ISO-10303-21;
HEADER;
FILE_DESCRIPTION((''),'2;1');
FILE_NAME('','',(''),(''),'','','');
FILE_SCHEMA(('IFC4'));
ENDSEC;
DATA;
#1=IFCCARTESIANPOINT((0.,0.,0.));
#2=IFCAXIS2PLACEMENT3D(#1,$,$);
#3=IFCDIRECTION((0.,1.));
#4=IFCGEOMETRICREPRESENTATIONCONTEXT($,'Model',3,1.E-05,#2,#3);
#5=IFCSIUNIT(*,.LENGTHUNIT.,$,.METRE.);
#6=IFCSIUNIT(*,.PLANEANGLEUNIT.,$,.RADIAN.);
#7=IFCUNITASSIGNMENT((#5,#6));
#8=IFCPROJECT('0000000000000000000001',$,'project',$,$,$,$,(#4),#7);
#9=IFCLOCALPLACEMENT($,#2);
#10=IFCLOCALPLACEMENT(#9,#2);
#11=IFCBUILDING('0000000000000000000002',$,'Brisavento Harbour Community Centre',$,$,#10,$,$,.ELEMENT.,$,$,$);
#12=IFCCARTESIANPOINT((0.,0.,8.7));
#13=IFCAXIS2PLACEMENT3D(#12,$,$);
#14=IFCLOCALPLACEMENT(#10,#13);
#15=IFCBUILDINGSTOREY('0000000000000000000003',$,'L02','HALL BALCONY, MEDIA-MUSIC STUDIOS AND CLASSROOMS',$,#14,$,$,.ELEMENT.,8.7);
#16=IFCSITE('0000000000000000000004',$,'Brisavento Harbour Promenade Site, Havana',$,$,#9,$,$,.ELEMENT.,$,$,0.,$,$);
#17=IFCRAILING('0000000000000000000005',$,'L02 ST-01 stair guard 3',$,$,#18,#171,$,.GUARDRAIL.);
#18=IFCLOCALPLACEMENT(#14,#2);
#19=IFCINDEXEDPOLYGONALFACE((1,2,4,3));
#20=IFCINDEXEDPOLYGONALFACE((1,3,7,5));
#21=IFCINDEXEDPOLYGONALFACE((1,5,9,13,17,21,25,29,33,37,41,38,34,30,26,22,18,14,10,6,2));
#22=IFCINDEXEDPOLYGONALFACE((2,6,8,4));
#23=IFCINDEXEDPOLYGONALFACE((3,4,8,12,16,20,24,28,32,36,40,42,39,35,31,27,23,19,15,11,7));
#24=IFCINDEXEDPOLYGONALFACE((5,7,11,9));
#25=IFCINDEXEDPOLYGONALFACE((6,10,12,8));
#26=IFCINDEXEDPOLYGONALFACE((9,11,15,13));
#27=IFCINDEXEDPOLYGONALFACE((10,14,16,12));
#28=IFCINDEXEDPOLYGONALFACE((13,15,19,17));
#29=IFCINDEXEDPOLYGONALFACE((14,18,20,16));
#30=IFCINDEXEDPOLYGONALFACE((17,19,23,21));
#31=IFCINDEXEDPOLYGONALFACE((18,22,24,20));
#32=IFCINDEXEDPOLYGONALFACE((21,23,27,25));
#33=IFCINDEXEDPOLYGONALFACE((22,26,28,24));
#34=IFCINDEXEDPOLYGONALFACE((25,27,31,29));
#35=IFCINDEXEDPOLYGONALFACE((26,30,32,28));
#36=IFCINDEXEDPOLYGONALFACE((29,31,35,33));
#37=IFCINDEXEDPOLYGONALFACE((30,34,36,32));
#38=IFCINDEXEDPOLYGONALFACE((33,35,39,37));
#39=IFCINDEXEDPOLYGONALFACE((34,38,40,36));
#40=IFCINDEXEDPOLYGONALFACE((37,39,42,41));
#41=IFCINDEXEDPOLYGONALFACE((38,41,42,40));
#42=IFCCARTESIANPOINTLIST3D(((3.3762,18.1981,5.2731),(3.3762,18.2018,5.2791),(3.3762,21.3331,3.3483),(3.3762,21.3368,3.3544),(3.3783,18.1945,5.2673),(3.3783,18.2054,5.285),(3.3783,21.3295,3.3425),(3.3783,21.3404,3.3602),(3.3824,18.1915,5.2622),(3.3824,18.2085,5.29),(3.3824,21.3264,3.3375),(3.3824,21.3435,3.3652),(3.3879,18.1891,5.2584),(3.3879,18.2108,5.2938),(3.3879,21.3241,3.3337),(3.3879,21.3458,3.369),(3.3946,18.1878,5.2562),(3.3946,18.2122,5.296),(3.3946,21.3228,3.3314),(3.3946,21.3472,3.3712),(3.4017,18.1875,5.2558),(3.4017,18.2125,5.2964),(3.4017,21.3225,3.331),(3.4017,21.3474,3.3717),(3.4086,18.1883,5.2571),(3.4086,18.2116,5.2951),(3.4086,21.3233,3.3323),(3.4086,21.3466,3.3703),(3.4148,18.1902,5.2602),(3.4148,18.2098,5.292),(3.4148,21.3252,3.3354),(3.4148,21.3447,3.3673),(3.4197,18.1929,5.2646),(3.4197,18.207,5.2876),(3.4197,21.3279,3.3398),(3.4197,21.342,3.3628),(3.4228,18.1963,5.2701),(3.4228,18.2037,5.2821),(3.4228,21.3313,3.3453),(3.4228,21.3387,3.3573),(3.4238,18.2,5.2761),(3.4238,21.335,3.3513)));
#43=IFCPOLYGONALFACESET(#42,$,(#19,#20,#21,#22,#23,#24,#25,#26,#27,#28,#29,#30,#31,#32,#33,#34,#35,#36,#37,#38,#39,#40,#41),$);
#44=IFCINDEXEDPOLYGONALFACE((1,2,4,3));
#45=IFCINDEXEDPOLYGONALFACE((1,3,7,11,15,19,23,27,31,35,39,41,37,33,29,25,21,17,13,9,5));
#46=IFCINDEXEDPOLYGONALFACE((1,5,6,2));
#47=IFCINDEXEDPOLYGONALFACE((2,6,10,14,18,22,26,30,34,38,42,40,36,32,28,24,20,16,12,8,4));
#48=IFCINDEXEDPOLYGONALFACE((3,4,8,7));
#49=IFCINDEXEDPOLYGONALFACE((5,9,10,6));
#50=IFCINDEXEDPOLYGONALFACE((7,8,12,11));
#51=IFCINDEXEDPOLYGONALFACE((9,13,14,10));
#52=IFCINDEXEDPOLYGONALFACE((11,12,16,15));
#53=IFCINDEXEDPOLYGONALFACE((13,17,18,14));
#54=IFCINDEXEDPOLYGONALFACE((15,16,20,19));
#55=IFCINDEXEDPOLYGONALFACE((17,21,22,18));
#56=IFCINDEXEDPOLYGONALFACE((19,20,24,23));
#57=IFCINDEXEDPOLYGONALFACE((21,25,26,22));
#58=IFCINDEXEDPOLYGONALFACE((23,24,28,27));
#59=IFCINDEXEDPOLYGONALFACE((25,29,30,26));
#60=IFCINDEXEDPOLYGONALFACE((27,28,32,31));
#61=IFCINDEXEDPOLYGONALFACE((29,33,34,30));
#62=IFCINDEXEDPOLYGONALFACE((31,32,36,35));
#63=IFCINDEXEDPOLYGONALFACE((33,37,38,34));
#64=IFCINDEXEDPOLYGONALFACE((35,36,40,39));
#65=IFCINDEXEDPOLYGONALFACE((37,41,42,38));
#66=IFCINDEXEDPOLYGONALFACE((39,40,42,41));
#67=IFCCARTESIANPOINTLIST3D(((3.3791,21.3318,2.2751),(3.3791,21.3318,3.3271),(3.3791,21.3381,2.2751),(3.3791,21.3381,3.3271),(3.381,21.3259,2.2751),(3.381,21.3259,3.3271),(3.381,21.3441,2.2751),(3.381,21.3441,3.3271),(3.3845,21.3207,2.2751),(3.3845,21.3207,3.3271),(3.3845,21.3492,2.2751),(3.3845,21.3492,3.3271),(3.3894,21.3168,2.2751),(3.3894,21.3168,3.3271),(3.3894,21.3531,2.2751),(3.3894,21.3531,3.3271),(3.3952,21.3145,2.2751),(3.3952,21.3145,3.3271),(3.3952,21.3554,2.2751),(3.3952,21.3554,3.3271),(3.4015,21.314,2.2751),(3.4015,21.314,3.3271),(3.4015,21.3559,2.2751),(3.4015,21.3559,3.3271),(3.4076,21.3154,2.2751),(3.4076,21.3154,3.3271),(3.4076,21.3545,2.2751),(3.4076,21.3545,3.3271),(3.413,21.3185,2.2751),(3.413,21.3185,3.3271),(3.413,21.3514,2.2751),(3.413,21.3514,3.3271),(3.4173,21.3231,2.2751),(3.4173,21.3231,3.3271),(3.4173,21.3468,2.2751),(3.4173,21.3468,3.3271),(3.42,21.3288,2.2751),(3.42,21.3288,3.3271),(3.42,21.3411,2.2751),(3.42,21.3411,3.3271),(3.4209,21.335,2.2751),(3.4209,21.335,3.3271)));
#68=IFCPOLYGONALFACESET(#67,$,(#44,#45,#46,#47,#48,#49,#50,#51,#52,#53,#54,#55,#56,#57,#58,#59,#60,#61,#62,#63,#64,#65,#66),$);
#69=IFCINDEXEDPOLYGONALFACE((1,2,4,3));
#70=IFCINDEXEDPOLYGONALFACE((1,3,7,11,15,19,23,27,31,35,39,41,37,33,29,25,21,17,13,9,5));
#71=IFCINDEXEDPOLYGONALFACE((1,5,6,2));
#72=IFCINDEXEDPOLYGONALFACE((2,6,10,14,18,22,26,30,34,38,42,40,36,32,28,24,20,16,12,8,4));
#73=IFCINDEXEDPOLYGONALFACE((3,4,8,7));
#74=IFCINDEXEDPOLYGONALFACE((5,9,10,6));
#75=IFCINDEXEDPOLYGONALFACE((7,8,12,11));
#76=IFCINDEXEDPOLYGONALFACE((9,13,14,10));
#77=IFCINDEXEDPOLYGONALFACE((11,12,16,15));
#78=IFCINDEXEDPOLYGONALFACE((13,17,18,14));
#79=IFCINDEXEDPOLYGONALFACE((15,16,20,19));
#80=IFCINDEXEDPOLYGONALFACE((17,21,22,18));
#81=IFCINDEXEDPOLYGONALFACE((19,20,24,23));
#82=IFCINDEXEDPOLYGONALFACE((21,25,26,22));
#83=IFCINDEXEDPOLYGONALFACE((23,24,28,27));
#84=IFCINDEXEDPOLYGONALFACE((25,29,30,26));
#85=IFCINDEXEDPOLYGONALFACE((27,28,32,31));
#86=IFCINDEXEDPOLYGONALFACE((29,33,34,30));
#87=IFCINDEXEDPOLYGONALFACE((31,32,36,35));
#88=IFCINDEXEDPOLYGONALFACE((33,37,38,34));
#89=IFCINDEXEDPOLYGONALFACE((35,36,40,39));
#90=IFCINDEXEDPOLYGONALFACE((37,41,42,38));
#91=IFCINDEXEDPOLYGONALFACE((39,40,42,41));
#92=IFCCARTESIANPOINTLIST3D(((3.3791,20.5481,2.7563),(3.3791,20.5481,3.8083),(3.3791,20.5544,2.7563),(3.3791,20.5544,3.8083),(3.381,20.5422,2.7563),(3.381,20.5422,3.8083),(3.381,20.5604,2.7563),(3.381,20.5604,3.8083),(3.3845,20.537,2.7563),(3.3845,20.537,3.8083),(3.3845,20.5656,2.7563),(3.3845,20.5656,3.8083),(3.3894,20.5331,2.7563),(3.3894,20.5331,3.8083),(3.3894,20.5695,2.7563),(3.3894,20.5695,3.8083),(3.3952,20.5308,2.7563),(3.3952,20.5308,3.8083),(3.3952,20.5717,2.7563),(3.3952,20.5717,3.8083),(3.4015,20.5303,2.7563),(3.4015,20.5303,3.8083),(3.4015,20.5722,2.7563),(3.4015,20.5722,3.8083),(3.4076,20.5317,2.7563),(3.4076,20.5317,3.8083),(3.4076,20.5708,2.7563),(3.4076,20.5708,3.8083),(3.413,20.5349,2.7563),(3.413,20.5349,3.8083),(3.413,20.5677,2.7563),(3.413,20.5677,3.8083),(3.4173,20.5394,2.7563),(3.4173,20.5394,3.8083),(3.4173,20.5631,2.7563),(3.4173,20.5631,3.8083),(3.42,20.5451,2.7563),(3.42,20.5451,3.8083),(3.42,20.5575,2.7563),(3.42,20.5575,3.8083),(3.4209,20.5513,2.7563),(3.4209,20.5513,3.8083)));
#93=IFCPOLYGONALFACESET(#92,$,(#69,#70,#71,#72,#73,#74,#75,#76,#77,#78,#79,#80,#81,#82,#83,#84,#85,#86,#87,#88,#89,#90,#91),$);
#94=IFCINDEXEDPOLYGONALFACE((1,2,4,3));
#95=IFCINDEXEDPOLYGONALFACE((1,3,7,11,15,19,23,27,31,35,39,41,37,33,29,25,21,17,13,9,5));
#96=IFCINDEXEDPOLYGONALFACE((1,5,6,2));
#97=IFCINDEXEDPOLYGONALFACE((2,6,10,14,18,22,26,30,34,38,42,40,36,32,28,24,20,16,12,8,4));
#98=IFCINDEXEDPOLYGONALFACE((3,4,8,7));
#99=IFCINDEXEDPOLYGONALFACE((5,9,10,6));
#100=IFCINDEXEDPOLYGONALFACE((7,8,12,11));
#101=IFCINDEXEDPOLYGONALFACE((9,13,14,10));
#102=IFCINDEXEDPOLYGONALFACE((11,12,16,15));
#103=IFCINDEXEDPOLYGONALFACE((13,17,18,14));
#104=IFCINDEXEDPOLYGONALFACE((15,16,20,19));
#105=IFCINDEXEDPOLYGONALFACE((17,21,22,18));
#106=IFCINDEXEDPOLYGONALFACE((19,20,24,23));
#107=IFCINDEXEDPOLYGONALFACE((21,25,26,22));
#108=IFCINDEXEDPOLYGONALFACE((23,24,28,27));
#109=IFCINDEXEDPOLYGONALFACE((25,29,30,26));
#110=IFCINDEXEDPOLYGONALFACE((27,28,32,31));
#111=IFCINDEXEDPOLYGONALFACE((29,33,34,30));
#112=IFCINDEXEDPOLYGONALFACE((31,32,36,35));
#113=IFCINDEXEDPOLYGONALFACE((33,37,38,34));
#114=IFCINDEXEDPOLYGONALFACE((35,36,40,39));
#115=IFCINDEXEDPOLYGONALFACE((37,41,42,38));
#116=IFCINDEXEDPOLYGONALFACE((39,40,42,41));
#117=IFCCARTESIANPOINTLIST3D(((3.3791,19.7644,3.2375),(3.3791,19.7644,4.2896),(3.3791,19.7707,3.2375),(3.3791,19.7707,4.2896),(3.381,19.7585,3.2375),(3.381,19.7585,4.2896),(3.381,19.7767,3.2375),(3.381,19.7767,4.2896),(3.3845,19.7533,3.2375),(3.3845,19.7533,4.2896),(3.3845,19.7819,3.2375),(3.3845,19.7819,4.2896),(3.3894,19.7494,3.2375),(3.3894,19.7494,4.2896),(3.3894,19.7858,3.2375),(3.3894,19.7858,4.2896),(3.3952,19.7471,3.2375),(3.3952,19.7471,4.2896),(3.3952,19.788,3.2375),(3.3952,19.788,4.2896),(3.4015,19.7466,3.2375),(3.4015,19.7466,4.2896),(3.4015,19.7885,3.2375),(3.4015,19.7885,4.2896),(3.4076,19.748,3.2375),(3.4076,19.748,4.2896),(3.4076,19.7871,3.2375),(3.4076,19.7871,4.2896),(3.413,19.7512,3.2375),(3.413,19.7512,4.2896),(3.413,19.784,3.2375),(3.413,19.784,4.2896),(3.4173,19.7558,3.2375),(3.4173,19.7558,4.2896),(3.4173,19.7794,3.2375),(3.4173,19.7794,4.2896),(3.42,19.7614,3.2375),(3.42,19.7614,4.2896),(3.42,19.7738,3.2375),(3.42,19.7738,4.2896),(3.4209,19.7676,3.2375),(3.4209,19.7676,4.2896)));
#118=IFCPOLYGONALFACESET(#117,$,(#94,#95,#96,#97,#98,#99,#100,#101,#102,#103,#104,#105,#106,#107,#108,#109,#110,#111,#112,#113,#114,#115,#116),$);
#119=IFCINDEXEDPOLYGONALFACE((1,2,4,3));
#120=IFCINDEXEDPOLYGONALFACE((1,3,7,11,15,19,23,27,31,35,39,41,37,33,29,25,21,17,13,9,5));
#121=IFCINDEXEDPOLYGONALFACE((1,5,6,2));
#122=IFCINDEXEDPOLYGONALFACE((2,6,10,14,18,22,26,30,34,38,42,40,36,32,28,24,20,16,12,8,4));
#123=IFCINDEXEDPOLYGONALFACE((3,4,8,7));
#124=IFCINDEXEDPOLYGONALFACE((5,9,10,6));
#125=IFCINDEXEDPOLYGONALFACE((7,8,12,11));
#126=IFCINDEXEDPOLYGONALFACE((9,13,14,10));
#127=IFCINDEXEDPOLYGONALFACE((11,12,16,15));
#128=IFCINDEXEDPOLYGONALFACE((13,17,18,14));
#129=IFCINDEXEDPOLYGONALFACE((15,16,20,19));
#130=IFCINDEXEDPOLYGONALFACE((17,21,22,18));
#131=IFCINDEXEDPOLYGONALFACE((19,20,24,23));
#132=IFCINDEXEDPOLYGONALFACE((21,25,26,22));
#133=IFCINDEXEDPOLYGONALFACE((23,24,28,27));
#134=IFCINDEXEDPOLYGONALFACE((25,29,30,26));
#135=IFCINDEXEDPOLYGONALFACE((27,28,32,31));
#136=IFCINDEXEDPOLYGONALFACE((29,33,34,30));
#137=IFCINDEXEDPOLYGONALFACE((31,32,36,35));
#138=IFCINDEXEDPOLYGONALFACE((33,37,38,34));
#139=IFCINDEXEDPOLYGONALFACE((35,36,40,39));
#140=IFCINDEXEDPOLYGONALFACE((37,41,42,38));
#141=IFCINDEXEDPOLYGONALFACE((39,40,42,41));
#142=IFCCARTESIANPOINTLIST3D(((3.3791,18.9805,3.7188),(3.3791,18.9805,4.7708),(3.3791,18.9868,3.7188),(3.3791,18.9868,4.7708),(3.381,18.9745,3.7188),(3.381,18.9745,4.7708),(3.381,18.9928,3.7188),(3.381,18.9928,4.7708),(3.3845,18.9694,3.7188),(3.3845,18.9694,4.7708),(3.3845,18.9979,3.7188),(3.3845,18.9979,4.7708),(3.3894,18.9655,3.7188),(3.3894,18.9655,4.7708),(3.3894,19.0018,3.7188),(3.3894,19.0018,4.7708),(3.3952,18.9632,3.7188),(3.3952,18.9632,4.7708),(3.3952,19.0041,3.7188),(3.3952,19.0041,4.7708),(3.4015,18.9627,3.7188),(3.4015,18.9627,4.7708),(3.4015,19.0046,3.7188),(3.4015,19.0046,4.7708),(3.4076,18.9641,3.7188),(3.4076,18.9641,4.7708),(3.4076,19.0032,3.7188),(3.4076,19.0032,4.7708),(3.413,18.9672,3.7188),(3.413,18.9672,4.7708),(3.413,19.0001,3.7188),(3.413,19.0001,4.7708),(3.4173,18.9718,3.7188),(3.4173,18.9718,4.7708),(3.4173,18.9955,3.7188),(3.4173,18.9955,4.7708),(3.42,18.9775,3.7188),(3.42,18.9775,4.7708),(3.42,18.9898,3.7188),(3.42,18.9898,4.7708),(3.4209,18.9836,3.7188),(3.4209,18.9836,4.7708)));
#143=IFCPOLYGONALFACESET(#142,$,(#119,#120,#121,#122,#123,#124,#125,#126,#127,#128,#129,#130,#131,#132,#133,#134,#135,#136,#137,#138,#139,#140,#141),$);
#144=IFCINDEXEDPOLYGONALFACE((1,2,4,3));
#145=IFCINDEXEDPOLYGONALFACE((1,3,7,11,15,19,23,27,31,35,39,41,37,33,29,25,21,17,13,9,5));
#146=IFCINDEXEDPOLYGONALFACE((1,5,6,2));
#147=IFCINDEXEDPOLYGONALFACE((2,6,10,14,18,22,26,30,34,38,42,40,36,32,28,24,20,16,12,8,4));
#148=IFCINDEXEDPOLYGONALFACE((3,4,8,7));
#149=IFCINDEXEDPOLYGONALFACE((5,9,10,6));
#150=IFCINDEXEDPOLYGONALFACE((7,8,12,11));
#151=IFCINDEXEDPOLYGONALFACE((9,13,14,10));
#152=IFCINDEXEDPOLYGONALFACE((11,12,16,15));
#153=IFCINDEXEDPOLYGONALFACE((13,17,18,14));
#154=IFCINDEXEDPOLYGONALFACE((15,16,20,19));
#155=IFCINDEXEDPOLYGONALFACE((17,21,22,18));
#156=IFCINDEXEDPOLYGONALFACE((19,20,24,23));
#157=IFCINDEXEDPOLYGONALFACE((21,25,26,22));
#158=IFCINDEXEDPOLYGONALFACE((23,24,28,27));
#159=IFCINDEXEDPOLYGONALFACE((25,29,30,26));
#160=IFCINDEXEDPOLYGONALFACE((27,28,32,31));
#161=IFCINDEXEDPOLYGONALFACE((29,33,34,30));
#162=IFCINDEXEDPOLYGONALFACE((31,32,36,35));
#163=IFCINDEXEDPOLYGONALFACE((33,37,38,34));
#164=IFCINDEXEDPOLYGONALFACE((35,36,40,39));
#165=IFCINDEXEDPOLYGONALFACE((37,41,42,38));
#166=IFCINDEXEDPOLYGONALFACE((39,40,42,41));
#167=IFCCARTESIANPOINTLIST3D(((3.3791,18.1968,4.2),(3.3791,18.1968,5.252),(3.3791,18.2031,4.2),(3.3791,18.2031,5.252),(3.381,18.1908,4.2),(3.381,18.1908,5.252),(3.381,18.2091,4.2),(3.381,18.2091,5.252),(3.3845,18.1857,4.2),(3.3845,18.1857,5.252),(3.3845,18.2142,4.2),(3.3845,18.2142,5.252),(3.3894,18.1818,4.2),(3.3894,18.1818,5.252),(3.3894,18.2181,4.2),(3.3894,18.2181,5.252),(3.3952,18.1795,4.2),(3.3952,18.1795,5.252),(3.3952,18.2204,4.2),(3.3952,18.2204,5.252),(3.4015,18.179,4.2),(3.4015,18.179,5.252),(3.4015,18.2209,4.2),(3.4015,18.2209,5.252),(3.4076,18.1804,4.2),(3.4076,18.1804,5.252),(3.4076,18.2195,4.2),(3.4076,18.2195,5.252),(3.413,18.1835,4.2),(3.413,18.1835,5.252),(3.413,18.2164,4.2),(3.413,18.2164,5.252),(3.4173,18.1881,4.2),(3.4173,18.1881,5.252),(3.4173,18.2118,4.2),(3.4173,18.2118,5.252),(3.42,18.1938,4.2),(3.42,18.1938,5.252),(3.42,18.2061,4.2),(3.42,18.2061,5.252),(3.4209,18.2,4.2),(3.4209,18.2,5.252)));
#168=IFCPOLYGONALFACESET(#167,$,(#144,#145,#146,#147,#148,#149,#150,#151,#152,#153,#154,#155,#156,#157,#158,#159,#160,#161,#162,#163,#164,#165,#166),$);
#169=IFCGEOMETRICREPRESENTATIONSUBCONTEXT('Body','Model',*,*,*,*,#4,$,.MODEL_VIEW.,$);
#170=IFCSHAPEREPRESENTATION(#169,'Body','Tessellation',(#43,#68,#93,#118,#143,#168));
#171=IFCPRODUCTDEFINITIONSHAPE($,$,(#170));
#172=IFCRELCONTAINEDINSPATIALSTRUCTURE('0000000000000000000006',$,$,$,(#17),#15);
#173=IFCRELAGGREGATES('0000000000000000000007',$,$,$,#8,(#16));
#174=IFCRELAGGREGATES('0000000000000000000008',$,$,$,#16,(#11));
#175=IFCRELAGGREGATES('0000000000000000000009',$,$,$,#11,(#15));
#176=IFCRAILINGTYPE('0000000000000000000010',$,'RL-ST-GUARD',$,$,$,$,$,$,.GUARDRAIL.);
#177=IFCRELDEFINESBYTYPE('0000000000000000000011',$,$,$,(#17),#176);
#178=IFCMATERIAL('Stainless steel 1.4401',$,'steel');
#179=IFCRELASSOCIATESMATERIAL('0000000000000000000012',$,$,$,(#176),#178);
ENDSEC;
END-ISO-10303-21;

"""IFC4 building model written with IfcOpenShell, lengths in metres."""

from ifc_helpers import new_model, si_unit, direction, frame, origin, origin_2d, place, context, subcontext, project, spatial, circle, extrude, material, type_object, element, save


model = new_model("IFC4")

# Units and contexts
model_context = context("Model", 3, precision=1e-05, world=origin(), true_north=direction((0.0, 1.0)))
body_context = subcontext(model_context, "Body", "Model", "MODEL_VIEW")
ifc_project = project(units=[si_unit("LENGTHUNIT", "METRE"), si_unit("PLANEANGLEUNIT", "RADIAN")], contexts=[model_context])

# Site, building, storey
site_placement = place(None, origin())
site = spatial("IfcSite", under=ifc_project, at=site_placement, Name="Brisavento Harbour Promenade Site, Havana", CompositionType="ELEMENT", RefElevation=0.0)
building_placement = place(site_placement, origin())
building = spatial("IfcBuilding", under=site, at=building_placement, Name="Brisavento Harbour Community Centre", CompositionType="ELEMENT")
storey_placement = place(building_placement, frame((0.0, 0.0, 8.7)))
storey = spatial("IfcBuildingStorey", under=building, at=storey_placement, Name="L02", Description="HALL BALCONY, MEDIA-MUSIC STUDIOS AND CLASSROOMS", CompositionType="ELEMENT", Elevation=8.7)

# Railing
ifc_material_1 = material(Name="Stainless steel 1.4401", Category="steel")
railing_type_1 = type_object("IfcRailingType", Name="RL-ST-GUARD", PredefinedType="GUARDRAIL", material=ifc_material_1)
railing_1_placement = place(storey_placement, frame((3.3999, 21.335, 2.2751)))
element("IfcRailing", 1, at=railing_1_placement, inside=storey, type_object=railing_type_1, Name="L02 ST-01 stair guard 3", PredefinedType="GUARDRAIL", context=body_context, shape_type="SweptSolid", body=[
    extrude(circle(Radius=0.0239, at=origin_2d()), frame((0.0, 0.0, 1.0762), z_axis=(0.0, -0.852196, 0.523223), x_axis=(1.0, 0.0, 0.0)), (0.0, 0.0, 1.0), 3.6787),
    extrude(circle(Radius=0.021, at=origin_2d()), origin(), (0.0, 0.0, 1.0), 1.052),
    extrude(circle(Radius=0.021, at=origin_2d()), frame((0.0, -0.7837, 0.4812)), (0.0, 0.0, 1.0), 1.052),
    extrude(circle(Radius=0.021, at=origin_2d()), frame((0.0, -1.5674, 0.9624)), (0.0, 0.0, 1.0), 1.052),
    extrude(circle(Radius=0.021, at=origin_2d()), frame((0.0, -2.3513, 1.4436)), (0.0, 0.0, 1.0), 1.052),
    extrude(circle(Radius=0.021, at=origin_2d()), frame((0.0, -3.135, 1.9248)), (0.0, 0.0, 1.0), 1.052),
])

save(model, "model.ifc")
